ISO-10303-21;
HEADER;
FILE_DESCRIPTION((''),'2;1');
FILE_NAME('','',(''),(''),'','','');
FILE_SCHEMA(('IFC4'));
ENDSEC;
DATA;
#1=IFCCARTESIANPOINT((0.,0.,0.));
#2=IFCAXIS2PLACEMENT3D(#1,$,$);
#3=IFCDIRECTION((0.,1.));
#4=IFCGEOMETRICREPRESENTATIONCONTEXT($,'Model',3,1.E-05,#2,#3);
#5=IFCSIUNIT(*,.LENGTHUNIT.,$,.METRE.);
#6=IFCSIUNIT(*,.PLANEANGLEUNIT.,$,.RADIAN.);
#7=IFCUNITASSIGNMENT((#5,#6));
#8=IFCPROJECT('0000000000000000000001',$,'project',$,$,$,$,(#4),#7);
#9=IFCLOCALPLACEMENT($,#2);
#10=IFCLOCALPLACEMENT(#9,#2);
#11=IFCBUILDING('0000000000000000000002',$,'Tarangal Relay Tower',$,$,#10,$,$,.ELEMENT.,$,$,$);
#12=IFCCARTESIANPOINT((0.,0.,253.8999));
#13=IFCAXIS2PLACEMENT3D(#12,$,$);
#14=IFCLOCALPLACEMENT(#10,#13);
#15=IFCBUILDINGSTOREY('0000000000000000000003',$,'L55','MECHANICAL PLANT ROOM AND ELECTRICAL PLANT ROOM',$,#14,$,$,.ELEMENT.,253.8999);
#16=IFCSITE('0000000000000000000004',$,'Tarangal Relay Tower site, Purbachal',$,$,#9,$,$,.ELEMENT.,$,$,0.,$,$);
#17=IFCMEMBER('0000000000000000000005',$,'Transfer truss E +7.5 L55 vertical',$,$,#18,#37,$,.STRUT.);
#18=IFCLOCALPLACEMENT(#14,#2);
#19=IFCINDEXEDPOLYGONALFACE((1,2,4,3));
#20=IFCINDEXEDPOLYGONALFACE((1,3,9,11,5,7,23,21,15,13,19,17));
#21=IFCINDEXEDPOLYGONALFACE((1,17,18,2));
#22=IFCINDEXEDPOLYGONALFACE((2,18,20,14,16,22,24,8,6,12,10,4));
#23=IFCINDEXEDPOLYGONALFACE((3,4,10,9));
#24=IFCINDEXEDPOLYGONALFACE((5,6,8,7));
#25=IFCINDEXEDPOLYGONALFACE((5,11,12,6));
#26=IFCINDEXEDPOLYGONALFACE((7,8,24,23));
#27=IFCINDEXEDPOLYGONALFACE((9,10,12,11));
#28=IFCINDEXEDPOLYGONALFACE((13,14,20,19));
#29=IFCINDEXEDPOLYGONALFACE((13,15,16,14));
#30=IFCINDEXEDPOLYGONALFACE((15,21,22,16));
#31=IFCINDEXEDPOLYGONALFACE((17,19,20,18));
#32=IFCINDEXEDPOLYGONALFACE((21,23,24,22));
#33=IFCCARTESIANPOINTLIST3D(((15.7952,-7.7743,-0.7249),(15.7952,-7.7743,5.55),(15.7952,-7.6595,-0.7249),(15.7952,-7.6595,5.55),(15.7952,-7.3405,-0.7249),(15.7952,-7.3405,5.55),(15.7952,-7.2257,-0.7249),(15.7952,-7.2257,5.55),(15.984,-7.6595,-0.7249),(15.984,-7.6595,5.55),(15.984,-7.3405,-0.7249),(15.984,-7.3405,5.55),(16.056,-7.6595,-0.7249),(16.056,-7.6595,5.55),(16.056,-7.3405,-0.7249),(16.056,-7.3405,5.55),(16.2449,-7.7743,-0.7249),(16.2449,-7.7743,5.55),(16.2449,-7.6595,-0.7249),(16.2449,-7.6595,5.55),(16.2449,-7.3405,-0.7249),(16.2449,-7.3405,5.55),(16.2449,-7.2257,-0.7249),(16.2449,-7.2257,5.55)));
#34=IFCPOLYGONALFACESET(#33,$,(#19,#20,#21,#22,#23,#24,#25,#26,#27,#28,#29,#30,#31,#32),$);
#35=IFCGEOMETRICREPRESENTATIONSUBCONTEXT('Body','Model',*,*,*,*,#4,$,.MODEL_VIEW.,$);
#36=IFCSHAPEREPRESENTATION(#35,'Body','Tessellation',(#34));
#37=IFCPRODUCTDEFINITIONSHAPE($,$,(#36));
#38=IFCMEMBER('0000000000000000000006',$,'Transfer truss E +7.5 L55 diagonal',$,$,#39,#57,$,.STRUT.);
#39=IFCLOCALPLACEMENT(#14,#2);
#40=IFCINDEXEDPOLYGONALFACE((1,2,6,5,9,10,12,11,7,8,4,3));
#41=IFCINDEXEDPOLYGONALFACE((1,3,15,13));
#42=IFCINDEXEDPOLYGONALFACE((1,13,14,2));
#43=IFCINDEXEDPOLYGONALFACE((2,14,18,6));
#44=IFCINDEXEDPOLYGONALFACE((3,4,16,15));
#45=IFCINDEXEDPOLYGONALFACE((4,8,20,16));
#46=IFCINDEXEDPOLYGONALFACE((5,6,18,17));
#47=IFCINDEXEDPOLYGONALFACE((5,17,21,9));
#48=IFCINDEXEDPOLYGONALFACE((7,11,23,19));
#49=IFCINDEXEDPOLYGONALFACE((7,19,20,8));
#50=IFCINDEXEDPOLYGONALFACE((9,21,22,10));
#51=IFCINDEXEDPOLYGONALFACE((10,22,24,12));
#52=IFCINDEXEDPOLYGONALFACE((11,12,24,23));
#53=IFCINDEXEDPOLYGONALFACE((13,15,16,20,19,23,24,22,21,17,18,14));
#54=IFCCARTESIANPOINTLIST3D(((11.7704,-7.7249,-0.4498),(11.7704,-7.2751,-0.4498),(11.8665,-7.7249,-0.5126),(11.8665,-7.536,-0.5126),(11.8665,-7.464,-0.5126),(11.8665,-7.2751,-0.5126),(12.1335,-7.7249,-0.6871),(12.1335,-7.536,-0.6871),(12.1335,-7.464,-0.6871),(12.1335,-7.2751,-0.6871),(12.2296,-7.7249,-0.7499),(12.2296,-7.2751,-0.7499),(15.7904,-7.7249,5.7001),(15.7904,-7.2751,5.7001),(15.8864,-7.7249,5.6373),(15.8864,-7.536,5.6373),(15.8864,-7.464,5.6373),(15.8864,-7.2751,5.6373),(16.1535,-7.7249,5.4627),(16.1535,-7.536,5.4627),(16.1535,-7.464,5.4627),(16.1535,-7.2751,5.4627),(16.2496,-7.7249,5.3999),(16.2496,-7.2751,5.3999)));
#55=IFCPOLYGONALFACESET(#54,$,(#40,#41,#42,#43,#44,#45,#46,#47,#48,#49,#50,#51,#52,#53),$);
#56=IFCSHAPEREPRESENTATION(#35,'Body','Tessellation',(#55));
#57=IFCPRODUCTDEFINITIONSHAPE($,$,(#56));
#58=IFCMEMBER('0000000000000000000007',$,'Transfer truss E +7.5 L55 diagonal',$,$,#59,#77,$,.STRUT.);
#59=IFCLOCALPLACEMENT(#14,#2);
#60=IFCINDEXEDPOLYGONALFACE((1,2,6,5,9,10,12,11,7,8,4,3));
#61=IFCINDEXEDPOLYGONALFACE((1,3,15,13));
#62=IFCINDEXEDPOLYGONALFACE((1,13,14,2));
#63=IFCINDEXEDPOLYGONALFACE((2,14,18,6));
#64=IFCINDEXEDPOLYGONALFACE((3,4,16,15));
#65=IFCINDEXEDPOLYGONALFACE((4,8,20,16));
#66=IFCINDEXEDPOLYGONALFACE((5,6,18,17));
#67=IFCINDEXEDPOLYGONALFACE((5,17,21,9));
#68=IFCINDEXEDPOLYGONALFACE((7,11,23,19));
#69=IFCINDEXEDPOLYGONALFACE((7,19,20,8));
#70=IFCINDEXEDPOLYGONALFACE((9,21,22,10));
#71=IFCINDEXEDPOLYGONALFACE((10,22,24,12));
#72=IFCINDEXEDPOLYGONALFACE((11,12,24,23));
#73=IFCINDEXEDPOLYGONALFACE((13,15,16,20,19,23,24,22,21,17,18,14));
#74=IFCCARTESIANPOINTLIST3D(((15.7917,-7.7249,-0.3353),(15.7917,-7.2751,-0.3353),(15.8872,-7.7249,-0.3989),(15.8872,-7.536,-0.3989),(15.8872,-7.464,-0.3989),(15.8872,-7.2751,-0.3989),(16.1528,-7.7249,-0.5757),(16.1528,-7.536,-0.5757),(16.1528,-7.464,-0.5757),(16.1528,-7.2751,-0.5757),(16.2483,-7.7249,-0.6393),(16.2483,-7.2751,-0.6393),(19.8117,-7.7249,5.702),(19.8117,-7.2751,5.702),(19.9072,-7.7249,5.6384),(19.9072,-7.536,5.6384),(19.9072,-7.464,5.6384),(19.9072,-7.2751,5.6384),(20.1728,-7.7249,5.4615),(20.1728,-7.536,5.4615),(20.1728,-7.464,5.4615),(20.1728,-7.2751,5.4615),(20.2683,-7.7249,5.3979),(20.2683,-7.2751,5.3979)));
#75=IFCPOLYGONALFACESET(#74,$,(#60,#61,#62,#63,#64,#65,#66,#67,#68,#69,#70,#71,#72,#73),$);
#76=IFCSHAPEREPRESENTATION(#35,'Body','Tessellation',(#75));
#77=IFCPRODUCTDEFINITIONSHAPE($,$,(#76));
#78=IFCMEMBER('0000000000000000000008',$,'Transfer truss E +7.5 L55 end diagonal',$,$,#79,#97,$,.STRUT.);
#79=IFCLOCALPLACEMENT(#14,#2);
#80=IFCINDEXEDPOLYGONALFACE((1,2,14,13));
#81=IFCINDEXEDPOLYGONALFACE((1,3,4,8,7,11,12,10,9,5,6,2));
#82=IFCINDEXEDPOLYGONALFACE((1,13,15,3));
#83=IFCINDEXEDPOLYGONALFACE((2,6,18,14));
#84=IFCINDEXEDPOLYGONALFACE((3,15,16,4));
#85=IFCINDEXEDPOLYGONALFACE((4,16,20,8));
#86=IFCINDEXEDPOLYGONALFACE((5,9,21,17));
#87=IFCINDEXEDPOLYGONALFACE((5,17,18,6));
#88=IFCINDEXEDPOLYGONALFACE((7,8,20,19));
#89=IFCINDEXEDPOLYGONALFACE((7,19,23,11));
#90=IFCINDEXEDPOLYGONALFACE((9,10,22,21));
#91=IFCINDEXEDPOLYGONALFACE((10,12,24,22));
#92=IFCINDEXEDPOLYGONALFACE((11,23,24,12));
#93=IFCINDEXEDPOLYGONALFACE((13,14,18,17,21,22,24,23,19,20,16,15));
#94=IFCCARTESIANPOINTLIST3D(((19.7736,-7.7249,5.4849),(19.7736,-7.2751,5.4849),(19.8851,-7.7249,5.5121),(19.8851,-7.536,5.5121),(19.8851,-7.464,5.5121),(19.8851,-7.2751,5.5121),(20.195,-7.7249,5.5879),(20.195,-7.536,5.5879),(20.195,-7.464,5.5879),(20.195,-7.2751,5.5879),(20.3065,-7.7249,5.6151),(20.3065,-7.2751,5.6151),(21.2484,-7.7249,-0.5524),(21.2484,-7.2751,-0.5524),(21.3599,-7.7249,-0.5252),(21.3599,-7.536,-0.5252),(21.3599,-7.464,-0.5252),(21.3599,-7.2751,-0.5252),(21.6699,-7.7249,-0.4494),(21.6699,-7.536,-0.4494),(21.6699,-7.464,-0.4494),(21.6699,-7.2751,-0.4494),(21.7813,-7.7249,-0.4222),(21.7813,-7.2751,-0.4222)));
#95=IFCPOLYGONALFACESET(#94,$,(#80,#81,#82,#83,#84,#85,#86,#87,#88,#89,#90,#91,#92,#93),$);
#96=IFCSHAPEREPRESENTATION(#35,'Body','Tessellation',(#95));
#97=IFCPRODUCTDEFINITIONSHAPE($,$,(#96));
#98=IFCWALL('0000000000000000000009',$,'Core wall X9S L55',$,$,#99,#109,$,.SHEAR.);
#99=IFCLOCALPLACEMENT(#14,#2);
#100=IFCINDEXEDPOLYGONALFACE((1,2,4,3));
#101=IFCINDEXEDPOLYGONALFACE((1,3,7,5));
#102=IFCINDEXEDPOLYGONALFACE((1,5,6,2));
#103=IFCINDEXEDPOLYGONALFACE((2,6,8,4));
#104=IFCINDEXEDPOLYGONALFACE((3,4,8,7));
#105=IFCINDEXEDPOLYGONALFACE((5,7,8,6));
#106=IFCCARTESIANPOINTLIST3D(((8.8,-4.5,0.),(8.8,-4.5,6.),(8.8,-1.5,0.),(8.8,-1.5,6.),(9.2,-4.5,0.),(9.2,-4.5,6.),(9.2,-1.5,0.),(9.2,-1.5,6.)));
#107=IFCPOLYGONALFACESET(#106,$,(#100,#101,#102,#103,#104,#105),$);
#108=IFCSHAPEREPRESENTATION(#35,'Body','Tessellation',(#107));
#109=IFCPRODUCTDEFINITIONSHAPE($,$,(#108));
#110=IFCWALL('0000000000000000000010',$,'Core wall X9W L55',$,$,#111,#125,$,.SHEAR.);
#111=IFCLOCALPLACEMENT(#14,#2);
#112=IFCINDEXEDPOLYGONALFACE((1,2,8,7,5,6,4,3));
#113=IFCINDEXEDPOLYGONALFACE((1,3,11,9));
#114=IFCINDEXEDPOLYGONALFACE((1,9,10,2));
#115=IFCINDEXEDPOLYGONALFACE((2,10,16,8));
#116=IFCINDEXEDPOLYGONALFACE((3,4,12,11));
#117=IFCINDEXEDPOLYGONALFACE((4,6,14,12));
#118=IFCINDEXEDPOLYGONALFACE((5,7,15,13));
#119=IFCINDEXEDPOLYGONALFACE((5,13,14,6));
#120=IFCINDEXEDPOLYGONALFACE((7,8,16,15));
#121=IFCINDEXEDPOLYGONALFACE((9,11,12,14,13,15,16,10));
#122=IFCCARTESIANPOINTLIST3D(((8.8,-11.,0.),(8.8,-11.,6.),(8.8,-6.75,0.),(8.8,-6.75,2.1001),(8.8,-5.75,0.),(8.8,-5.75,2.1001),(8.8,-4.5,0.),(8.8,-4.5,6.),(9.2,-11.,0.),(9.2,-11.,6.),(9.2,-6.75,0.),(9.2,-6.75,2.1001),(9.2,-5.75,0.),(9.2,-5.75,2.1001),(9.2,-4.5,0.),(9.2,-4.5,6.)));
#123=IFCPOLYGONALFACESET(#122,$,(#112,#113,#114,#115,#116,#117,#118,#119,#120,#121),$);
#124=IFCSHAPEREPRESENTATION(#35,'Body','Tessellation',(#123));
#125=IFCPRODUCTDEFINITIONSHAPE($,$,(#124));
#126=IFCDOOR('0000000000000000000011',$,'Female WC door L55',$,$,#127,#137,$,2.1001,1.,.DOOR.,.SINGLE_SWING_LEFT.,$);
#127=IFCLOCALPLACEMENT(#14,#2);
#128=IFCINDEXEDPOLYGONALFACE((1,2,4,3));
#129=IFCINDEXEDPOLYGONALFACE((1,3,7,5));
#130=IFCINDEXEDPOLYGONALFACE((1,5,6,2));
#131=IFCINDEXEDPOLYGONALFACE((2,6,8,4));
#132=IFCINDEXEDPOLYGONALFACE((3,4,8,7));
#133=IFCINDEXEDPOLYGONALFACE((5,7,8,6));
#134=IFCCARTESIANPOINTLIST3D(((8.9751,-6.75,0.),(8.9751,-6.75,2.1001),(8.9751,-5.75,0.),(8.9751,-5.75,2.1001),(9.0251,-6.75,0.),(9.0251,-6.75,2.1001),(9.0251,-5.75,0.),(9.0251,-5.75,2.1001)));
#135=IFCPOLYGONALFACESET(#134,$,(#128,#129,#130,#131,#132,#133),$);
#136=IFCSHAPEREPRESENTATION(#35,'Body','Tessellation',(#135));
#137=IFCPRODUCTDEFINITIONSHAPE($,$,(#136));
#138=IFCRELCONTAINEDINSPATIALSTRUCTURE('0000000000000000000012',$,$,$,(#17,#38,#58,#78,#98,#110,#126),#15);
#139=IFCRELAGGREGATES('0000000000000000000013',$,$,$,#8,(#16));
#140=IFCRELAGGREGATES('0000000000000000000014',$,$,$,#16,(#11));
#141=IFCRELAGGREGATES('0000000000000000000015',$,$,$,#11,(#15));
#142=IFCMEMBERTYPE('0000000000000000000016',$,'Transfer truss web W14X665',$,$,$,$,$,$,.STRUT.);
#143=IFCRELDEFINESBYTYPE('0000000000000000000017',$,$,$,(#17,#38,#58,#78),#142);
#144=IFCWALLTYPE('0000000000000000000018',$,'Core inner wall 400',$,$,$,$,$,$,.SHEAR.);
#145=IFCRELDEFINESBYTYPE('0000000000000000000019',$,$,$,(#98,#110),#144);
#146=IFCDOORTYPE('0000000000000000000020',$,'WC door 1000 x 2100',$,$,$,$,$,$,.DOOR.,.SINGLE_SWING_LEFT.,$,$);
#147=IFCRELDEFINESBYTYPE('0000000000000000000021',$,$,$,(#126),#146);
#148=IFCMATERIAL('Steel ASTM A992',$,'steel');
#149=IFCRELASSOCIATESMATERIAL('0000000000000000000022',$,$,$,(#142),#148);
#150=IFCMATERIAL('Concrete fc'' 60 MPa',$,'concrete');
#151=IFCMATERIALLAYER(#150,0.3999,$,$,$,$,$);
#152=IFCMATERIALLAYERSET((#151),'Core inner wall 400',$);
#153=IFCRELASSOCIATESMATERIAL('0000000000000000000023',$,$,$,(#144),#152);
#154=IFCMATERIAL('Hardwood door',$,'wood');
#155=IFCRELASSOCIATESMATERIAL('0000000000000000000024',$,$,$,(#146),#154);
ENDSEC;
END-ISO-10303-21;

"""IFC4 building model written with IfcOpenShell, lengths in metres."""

from ifc_helpers import new_model, si_unit, direction, frame, frame_2d, origin, origin_2d, place, context, subcontext, project, spatial, rectangle, i_section, extrude, material, layer, layer_set, material_profile, profile_set, type_object, element, fill, save


model = new_model("IFC4")

# Units and contexts
model_context = context("Model", 3, precision=1e-05, world=origin(), true_north=direction((0.0, 1.0)))
body_context = subcontext(model_context, "Body", "Model", "MODEL_VIEW")
ifc_project = project(units=[si_unit("LENGTHUNIT", "METRE"), si_unit("PLANEANGLEUNIT", "RADIAN")], contexts=[model_context])

# Site, building, storey
site_placement = place(None, origin())
site = spatial("IfcSite", under=ifc_project, at=site_placement, Name="Tarangal Relay Tower site, Purbachal", CompositionType="ELEMENT", RefElevation=0.0)
building_placement = place(site_placement, origin())
building = spatial("IfcBuilding", under=site, at=building_placement, Name="Tarangal Relay Tower", CompositionType="ELEMENT")
storey_placement = place(building_placement, frame((0.0, 0.0, 253.8999)))
storey = spatial("IfcBuildingStorey", under=building, at=storey_placement, Name="L55", Description="MECHANICAL PLANT ROOM AND ELECTRICAL PLANT ROOM", CompositionType="ELEMENT", Elevation=253.8999)

# Shared definitions
ifc_material_1 = material(Name="Steel ASTM A992", Category="steel")

# Members
ifc_material_profile_1 = material_profile(ifc_material_1, i_section(OverallWidth=0.4497, OverallDepth=0.5486, WebThickness=0.072, FlangeThickness=0.1147, at=origin_2d()), Name="W14X665")
ifc_profile_set_1 = profile_set([ifc_material_profile_1], Name="Steel ASTM A992")
member_type_1 = type_object("IfcMemberType", Name="Transfer truss web W14X665", PredefinedType="STRUT", material=ifc_profile_set_1)
member_1_placement = place(storey_placement, frame((16.02, -7.5, -0.7249), z_axis=(0.0, 0.0, 1.0), x_axis=(1.0, 0.0, 0.0)))
element("IfcMember", 1, at=member_1_placement, inside=storey, type_object=member_type_1, Name="Transfer truss E +7.5 L55 vertical", PredefinedType="STRUT", context=body_context, shape_type="SweptSolid", body=[
    extrude(i_section(OverallWidth=0.4497, OverallDepth=0.5486, WebThickness=0.072, FlangeThickness=0.1147, at=origin_2d()), origin(), (0.0, 0.0, 1.0), 6.2749),
])
member_2_placement = place(storey_placement, frame((12.0, -7.5, -0.5999), z_axis=(0.547147, 0.0, 0.837036), x_axis=(0.0, 1.0, 0.0)))
element("IfcMember", 2, at=member_2_placement, inside=storey, type_object=member_type_1, Name="Transfer truss E +7.5 L55 diagonal", PredefinedType="STRUT", context=body_context, shape_type="SweptSolid", body=[
    extrude(i_section(OverallWidth=0.4497, OverallDepth=0.5486, WebThickness=0.072, FlangeThickness=0.1147, at=origin_2d()), origin(), (0.0, 0.0, 1.0), 7.3472),
])
member_3_placement = place(storey_placement, frame((16.02, -7.5, -0.4873), z_axis=(0.554234, 0.0, 0.832361), x_axis=(0.0, 1.0, 0.0)))
element("IfcMember", 3, at=member_3_placement, inside=storey, type_object=member_type_1, Name="Transfer truss E +7.5 L55 diagonal", PredefinedType="STRUT", context=body_context, shape_type="SweptSolid", body=[
    extrude(i_section(OverallWidth=0.4497, OverallDepth=0.5486, WebThickness=0.072, FlangeThickness=0.1147, at=origin_2d()), origin(), (0.0, 0.0, 1.0), 7.2532),
])
member_4_placement = place(storey_placement, frame((21.5149, -7.5, -0.4873), z_axis=(-0.23731, 0.0, 0.971434), x_axis=(0.0, -1.0, 0.0)))
element("IfcMember", 4, at=member_4_placement, inside=storey, type_object=member_type_1, Name="Transfer truss E +7.5 L55 end diagonal", PredefinedType="STRUT", context=body_context, shape_type="SweptSolid", body=[
    extrude(i_section(OverallWidth=0.4497, OverallDepth=0.5486, WebThickness=0.072, FlangeThickness=0.1147, at=origin_2d()), origin(), (0.0, 0.0, 1.0), 6.2148),
])

# Wall
ifc_material_2 = material(Name="Concrete fc' 60 MPa", Category="concrete")
ifc_layer_1 = layer(ifc_material_2, 0.3999)
ifc_layer_set_1 = layer_set([ifc_layer_1], Name="Core inner wall 400")
wall_type_1 = type_object("IfcWallType", Name="Core inner wall 400", PredefinedType="SHEAR", material=ifc_layer_set_1)
wall_1_placement = place(storey_placement, frame((9.0, -4.5, 0.0), z_axis=(0.0, 0.0, 1.0), x_axis=(0.0, 1.0, 0.0)))
element("IfcWall", 5, at=wall_1_placement, inside=storey, type_object=wall_type_1, Name="Core wall X9S L55", PredefinedType="SHEAR", context=body_context, shape_type="SweptSolid", body=[
    extrude(rectangle(XDim=3.0, YDim=0.3999, at=frame_2d((1.5, 0.0))), origin(), (0.0, 0.0, 1.0), 6.0),
])

# Wall, opening, door
wall_2_placement = place(storey_placement, frame((9.0, -11.0, 0.0), z_axis=(0.0, 0.0, 1.0), x_axis=(0.0, 1.0, 0.0)))
wall_2 = element("IfcWall", 6, at=wall_2_placement, inside=storey, type_object=wall_type_1, Name="Core wall X9W L55", PredefinedType="SHEAR", context=body_context, shape_type="SweptSolid", body=[
    extrude(rectangle(XDim=6.5, YDim=0.3999, at=frame_2d((3.25, 0.0))), origin(), (0.0, 0.0, 1.0), 6.0),
])
opening_1_placement = place(wall_2_placement, frame((4.25, 0.0, 0.0)))
opening_1 = element("IfcOpeningElement", 7, at=opening_1_placement, cuts=wall_2, PredefinedType="OPENING", context=body_context, shape_type="SweptSolid", body=[
    extrude(rectangle(XDim=1.0, YDim=2.1001, at=frame_2d((0.5, 1.05))), frame((0.0, 0.21, 0.0), z_axis=(0.0, -1.0, 0.0), x_axis=(1.0, 0.0, 0.0)), (0.0, 0.0, 1.0), 0.4199),
])
ifc_material_3 = material(Name="Hardwood door", Category="wood")
door_type_1 = type_object("IfcDoorType", Name="WC door 1000 x 2100", OperationType="SINGLE_SWING_LEFT", PredefinedType="DOOR", material=ifc_material_3)
door_1_placement = place(opening_1_placement, origin())
door_1 = element("IfcDoor", 8, at=door_1_placement, inside=storey, type_object=door_type_1, Name="Female WC door L55", OperationType="SINGLE_SWING_LEFT", OverallHeight=2.1001, OverallWidth=1.0, PredefinedType="DOOR", context=body_context, shape_type="SweptSolid", body=[
    extrude(rectangle(XDim=1.0, YDim=2.1001, at=frame_2d((0.5, 1.05))), frame((0.0, 0.0249, 0.0), z_axis=(0.0, -1.0, 0.0), x_axis=(1.0, 0.0, 0.0)), (0.0, 0.0, 1.0), 0.05),
])
fill(opening_1, door_1)

save(model, "model.ifc")
